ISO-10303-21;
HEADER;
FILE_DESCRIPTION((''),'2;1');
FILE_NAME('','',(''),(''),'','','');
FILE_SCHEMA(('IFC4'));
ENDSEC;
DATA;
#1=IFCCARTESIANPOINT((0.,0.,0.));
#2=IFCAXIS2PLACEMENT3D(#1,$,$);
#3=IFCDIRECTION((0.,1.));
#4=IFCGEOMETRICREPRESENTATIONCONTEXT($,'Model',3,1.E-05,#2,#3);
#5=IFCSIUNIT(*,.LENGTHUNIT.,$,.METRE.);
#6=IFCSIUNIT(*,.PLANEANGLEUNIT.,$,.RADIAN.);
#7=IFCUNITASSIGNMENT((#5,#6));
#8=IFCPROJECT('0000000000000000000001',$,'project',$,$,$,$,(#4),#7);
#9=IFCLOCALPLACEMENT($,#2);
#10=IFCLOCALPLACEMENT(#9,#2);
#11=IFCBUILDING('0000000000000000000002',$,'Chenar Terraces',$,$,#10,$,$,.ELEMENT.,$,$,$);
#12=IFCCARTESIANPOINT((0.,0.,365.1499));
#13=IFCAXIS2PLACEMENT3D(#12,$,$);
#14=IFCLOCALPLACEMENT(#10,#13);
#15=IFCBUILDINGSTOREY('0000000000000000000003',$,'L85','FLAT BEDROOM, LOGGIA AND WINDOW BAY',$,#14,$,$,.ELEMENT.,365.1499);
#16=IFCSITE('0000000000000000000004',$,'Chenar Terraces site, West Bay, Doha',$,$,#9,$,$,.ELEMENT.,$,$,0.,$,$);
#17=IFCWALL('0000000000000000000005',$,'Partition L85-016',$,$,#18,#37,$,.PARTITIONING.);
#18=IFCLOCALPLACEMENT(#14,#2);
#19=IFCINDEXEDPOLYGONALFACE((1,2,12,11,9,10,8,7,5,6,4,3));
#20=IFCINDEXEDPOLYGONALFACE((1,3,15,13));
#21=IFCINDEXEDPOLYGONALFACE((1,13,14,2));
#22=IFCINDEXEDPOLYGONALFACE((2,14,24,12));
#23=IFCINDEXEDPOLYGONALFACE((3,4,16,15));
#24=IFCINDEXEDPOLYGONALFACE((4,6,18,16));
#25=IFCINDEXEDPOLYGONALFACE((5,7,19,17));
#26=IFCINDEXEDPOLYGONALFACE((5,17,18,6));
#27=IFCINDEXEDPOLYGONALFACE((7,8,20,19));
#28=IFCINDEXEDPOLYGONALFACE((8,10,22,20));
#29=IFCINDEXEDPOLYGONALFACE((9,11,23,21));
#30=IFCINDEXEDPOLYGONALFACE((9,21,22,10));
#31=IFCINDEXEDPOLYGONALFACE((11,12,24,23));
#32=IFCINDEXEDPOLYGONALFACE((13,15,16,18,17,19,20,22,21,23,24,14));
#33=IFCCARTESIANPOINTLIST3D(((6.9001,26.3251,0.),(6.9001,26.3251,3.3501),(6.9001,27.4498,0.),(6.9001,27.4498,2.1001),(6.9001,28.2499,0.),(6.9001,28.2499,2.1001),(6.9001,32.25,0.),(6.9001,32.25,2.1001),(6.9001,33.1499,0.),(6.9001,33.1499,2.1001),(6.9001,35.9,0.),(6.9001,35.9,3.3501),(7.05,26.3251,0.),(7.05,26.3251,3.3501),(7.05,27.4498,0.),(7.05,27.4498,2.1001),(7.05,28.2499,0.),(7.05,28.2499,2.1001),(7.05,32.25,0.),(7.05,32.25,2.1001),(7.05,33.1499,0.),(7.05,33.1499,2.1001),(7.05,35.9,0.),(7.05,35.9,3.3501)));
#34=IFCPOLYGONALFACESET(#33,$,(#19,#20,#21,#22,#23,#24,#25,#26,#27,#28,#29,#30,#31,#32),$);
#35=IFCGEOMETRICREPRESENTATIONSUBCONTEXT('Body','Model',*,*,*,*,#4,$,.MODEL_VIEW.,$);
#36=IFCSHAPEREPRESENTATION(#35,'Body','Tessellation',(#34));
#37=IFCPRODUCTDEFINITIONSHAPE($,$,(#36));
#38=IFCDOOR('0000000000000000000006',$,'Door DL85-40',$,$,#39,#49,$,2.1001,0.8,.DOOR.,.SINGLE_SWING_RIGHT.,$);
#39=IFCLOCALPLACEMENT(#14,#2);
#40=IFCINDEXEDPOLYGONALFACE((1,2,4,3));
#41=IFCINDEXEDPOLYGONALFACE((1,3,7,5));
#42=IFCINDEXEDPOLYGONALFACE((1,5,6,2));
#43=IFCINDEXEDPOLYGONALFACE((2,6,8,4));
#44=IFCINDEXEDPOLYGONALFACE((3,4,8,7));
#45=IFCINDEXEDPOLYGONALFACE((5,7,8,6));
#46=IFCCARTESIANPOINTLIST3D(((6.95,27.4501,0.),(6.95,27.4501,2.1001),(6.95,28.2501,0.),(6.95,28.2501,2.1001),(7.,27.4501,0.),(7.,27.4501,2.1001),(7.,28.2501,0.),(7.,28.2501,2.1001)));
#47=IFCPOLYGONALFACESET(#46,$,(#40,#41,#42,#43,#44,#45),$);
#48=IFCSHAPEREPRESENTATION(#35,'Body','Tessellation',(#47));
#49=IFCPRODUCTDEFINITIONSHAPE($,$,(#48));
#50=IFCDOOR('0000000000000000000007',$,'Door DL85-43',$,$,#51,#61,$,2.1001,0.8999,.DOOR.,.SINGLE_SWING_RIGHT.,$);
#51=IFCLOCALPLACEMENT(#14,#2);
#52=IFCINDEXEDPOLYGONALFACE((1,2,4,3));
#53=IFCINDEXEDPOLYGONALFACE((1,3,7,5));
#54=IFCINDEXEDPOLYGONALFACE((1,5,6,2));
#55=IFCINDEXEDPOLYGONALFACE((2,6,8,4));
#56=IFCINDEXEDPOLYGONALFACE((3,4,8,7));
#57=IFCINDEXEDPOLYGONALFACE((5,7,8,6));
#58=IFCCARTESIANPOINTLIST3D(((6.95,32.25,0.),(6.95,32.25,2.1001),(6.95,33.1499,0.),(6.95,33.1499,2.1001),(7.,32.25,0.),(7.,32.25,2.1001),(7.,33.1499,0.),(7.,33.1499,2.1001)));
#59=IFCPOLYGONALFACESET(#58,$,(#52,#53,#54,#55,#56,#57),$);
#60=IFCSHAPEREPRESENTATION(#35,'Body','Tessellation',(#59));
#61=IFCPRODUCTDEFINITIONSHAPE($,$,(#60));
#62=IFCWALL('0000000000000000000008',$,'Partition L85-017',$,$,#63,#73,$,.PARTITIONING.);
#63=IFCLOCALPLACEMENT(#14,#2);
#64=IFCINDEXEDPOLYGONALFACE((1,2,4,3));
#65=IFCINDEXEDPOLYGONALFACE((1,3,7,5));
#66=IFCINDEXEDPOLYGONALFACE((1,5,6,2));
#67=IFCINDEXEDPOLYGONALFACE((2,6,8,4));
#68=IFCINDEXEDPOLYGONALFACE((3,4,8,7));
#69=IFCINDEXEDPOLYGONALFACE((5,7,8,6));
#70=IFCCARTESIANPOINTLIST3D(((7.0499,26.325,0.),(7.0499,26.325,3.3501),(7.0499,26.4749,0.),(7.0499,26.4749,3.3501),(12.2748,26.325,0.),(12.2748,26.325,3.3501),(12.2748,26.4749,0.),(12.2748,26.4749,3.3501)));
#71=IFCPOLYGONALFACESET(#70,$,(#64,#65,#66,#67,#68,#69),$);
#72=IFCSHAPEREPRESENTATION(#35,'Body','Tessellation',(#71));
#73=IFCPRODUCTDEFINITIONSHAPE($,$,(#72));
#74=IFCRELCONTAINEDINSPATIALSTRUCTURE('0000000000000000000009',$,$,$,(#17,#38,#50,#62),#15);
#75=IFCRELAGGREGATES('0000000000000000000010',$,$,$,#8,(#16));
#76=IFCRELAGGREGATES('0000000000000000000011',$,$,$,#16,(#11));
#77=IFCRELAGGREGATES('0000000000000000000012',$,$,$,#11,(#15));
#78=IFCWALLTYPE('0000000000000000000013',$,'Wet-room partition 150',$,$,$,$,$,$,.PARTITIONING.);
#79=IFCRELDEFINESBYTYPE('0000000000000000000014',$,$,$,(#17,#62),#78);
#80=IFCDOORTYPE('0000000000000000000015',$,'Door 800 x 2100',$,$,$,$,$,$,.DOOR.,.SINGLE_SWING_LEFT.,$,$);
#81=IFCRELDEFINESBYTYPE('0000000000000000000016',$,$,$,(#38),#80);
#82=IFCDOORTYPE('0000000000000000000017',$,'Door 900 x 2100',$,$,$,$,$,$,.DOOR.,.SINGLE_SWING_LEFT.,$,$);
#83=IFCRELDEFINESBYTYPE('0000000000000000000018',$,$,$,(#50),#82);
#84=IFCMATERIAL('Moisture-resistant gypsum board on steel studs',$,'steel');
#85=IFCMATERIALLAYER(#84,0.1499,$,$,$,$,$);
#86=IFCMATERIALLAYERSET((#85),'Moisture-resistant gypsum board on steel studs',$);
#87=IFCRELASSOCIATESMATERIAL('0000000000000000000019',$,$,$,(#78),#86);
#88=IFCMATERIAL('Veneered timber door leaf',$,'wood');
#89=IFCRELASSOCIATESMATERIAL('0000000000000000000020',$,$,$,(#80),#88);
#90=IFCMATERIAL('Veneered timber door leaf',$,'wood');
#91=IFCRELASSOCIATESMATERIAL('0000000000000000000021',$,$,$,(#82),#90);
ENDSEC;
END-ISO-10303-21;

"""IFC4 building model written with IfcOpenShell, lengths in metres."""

from ifc_helpers import new_model, si_unit, direction, frame, frame_2d, origin, place, context, subcontext, project, spatial, rectangle, extrude, material, layer, layer_set, type_object, element, fill, save


model = new_model("IFC4")

# Units and contexts
model_context = context("Model", 3, precision=1e-05, world=origin(), true_north=direction((0.0, 1.0)))
body_context = subcontext(model_context, "Body", "Model", "MODEL_VIEW")
ifc_project = project(units=[si_unit("LENGTHUNIT", "METRE"), si_unit("PLANEANGLEUNIT", "RADIAN")], contexts=[model_context])

# Site, building, storey
site_placement = place(None, origin())
site = spatial("IfcSite", under=ifc_project, at=site_placement, Name="Chenar Terraces site, West Bay, Doha", CompositionType="ELEMENT", RefElevation=0.0)
building_placement = place(site_placement, origin())
building = spatial("IfcBuilding", under=site, at=building_placement, Name="Chenar Terraces", CompositionType="ELEMENT")
storey_placement = place(building_placement, frame((0.0, 0.0, 365.1499)))
storey = spatial("IfcBuildingStorey", under=building, at=storey_placement, Name="L85", Description="FLAT BEDROOM, LOGGIA AND WINDOW BAY", CompositionType="ELEMENT", Elevation=365.1499)

# Wall, openings, doors
ifc_material_1 = material(Name="Moisture-resistant gypsum board on steel studs", Category="steel")
ifc_layer_1 = layer(ifc_material_1, 0.1499)
ifc_layer_set_1 = layer_set([ifc_layer_1], Name="Moisture-resistant gypsum board on steel studs")
wall_type_1 = type_object("IfcWallType", Name="Wet-room partition 150", PredefinedType="PARTITIONING", material=ifc_layer_set_1)
wall_1_placement = place(storey_placement, frame((6.9751, 26.325, 0.0), z_axis=(0.0, 0.0, 1.0), x_axis=(0.0, 1.0, 0.0)))
wall_1 = element("IfcWall", 1, at=wall_1_placement, inside=storey, type_object=wall_type_1, Name="Partition L85-016", PredefinedType="PARTITIONING", context=body_context, shape_type="SweptSolid", body=[
    extrude(rectangle(XDim=9.575, YDim=0.1499, at=frame_2d((4.7876, 0.0))), origin(), (0.0, 0.0, 1.0), 3.3501),
])
opening_1_placement = place(wall_1_placement, frame((1.125, 0.0, 0.0)))
opening_1 = element("IfcOpeningElement", 2, at=opening_1_placement, cuts=wall_1, PredefinedType="OPENING", context=body_context, shape_type="SweptSolid", body=[
    extrude(rectangle(XDim=0.8, YDim=2.1001, at=frame_2d((0.3999, 1.05))), frame((0.0, 0.085, 0.0), z_axis=(0.0, -1.0, 0.0), x_axis=(1.0, 0.0, 0.0)), (0.0, 0.0, 1.0), 0.1699),
])
opening_2_placement = place(wall_1_placement, frame((5.925, 0.0, 0.0)))
opening_2 = element("IfcOpeningElement", 3, at=opening_2_placement, cuts=wall_1, PredefinedType="OPENING", context=body_context, shape_type="SweptSolid", body=[
    extrude(rectangle(XDim=0.8999, YDim=2.1001, at=frame_2d((0.45, 1.05))), frame((0.0, 0.085, 0.0), z_axis=(0.0, -1.0, 0.0), x_axis=(1.0, 0.0, 0.0)), (0.0, 0.0, 1.0), 0.1699),
])
ifc_material_2 = material(Name="Veneered timber door leaf", Category="wood")
door_type_1 = type_object("IfcDoorType", Name="Door 800 x 2100", OperationType="SINGLE_SWING_LEFT", PredefinedType="DOOR", material=ifc_material_2)
door_1_placement = place(opening_1_placement, frame((0.8, 0.0, 0.0), z_axis=(0.0, 0.0, 1.0), x_axis=(-1.0, 0.0, 0.0)))
door_1 = element("IfcDoor", 4, at=door_1_placement, inside=storey, type_object=door_type_1, Name="Door DL85-40", OperationType="SINGLE_SWING_RIGHT", OverallHeight=2.1001, OverallWidth=0.8, PredefinedType="DOOR", context=body_context, shape_type="SweptSolid", body=[
    extrude(rectangle(XDim=0.8, YDim=2.1001, at=frame_2d((0.3999, 1.05))), frame((0.0, 0.0249, 0.0), z_axis=(0.0, -1.0, 0.0), x_axis=(1.0, 0.0, 0.0)), (0.0, 0.0, 1.0), 0.05),
])
fill(opening_1, door_1)
ifc_material_3 = material(Name="Veneered timber door leaf", Category="wood")
door_type_2 = type_object("IfcDoorType", Name="Door 900 x 2100", OperationType="SINGLE_SWING_LEFT", PredefinedType="DOOR", material=ifc_material_3)
door_2_placement = place(opening_2_placement, frame((0.8999, 0.0, 0.0), z_axis=(0.0, 0.0, 1.0), x_axis=(-1.0, 0.0, 0.0)))
door_2 = element("IfcDoor", 5, at=door_2_placement, inside=storey, type_object=door_type_2, Name="Door DL85-43", OperationType="SINGLE_SWING_RIGHT", OverallHeight=2.1001, OverallWidth=0.8999, PredefinedType="DOOR", context=body_context, shape_type="SweptSolid", body=[
    extrude(rectangle(XDim=0.8999, YDim=2.1001, at=frame_2d((0.45, 1.05))), frame((0.0, 0.0249, 0.0), z_axis=(0.0, -1.0, 0.0), x_axis=(1.0, 0.0, 0.0)), (0.0, 0.0, 1.0), 0.05),
])
fill(opening_2, door_2)

# Wall
wall_2_placement = place(storey_placement, frame((7.05, 26.3999, 0.0), z_axis=(0.0, 0.0, 1.0), x_axis=(1.0, 0.0, 0.0)))
element("IfcWall", 6, at=wall_2_placement, inside=storey, type_object=wall_type_1, Name="Partition L85-017", PredefinedType="PARTITIONING", context=body_context, shape_type="SweptSolid", body=[
    extrude(rectangle(XDim=5.2249, YDim=0.1499, at=frame_2d((2.6123, 0.0))), origin(), (0.0, 0.0, 1.0), 3.3501),
])

save(model, "model.ifc")
